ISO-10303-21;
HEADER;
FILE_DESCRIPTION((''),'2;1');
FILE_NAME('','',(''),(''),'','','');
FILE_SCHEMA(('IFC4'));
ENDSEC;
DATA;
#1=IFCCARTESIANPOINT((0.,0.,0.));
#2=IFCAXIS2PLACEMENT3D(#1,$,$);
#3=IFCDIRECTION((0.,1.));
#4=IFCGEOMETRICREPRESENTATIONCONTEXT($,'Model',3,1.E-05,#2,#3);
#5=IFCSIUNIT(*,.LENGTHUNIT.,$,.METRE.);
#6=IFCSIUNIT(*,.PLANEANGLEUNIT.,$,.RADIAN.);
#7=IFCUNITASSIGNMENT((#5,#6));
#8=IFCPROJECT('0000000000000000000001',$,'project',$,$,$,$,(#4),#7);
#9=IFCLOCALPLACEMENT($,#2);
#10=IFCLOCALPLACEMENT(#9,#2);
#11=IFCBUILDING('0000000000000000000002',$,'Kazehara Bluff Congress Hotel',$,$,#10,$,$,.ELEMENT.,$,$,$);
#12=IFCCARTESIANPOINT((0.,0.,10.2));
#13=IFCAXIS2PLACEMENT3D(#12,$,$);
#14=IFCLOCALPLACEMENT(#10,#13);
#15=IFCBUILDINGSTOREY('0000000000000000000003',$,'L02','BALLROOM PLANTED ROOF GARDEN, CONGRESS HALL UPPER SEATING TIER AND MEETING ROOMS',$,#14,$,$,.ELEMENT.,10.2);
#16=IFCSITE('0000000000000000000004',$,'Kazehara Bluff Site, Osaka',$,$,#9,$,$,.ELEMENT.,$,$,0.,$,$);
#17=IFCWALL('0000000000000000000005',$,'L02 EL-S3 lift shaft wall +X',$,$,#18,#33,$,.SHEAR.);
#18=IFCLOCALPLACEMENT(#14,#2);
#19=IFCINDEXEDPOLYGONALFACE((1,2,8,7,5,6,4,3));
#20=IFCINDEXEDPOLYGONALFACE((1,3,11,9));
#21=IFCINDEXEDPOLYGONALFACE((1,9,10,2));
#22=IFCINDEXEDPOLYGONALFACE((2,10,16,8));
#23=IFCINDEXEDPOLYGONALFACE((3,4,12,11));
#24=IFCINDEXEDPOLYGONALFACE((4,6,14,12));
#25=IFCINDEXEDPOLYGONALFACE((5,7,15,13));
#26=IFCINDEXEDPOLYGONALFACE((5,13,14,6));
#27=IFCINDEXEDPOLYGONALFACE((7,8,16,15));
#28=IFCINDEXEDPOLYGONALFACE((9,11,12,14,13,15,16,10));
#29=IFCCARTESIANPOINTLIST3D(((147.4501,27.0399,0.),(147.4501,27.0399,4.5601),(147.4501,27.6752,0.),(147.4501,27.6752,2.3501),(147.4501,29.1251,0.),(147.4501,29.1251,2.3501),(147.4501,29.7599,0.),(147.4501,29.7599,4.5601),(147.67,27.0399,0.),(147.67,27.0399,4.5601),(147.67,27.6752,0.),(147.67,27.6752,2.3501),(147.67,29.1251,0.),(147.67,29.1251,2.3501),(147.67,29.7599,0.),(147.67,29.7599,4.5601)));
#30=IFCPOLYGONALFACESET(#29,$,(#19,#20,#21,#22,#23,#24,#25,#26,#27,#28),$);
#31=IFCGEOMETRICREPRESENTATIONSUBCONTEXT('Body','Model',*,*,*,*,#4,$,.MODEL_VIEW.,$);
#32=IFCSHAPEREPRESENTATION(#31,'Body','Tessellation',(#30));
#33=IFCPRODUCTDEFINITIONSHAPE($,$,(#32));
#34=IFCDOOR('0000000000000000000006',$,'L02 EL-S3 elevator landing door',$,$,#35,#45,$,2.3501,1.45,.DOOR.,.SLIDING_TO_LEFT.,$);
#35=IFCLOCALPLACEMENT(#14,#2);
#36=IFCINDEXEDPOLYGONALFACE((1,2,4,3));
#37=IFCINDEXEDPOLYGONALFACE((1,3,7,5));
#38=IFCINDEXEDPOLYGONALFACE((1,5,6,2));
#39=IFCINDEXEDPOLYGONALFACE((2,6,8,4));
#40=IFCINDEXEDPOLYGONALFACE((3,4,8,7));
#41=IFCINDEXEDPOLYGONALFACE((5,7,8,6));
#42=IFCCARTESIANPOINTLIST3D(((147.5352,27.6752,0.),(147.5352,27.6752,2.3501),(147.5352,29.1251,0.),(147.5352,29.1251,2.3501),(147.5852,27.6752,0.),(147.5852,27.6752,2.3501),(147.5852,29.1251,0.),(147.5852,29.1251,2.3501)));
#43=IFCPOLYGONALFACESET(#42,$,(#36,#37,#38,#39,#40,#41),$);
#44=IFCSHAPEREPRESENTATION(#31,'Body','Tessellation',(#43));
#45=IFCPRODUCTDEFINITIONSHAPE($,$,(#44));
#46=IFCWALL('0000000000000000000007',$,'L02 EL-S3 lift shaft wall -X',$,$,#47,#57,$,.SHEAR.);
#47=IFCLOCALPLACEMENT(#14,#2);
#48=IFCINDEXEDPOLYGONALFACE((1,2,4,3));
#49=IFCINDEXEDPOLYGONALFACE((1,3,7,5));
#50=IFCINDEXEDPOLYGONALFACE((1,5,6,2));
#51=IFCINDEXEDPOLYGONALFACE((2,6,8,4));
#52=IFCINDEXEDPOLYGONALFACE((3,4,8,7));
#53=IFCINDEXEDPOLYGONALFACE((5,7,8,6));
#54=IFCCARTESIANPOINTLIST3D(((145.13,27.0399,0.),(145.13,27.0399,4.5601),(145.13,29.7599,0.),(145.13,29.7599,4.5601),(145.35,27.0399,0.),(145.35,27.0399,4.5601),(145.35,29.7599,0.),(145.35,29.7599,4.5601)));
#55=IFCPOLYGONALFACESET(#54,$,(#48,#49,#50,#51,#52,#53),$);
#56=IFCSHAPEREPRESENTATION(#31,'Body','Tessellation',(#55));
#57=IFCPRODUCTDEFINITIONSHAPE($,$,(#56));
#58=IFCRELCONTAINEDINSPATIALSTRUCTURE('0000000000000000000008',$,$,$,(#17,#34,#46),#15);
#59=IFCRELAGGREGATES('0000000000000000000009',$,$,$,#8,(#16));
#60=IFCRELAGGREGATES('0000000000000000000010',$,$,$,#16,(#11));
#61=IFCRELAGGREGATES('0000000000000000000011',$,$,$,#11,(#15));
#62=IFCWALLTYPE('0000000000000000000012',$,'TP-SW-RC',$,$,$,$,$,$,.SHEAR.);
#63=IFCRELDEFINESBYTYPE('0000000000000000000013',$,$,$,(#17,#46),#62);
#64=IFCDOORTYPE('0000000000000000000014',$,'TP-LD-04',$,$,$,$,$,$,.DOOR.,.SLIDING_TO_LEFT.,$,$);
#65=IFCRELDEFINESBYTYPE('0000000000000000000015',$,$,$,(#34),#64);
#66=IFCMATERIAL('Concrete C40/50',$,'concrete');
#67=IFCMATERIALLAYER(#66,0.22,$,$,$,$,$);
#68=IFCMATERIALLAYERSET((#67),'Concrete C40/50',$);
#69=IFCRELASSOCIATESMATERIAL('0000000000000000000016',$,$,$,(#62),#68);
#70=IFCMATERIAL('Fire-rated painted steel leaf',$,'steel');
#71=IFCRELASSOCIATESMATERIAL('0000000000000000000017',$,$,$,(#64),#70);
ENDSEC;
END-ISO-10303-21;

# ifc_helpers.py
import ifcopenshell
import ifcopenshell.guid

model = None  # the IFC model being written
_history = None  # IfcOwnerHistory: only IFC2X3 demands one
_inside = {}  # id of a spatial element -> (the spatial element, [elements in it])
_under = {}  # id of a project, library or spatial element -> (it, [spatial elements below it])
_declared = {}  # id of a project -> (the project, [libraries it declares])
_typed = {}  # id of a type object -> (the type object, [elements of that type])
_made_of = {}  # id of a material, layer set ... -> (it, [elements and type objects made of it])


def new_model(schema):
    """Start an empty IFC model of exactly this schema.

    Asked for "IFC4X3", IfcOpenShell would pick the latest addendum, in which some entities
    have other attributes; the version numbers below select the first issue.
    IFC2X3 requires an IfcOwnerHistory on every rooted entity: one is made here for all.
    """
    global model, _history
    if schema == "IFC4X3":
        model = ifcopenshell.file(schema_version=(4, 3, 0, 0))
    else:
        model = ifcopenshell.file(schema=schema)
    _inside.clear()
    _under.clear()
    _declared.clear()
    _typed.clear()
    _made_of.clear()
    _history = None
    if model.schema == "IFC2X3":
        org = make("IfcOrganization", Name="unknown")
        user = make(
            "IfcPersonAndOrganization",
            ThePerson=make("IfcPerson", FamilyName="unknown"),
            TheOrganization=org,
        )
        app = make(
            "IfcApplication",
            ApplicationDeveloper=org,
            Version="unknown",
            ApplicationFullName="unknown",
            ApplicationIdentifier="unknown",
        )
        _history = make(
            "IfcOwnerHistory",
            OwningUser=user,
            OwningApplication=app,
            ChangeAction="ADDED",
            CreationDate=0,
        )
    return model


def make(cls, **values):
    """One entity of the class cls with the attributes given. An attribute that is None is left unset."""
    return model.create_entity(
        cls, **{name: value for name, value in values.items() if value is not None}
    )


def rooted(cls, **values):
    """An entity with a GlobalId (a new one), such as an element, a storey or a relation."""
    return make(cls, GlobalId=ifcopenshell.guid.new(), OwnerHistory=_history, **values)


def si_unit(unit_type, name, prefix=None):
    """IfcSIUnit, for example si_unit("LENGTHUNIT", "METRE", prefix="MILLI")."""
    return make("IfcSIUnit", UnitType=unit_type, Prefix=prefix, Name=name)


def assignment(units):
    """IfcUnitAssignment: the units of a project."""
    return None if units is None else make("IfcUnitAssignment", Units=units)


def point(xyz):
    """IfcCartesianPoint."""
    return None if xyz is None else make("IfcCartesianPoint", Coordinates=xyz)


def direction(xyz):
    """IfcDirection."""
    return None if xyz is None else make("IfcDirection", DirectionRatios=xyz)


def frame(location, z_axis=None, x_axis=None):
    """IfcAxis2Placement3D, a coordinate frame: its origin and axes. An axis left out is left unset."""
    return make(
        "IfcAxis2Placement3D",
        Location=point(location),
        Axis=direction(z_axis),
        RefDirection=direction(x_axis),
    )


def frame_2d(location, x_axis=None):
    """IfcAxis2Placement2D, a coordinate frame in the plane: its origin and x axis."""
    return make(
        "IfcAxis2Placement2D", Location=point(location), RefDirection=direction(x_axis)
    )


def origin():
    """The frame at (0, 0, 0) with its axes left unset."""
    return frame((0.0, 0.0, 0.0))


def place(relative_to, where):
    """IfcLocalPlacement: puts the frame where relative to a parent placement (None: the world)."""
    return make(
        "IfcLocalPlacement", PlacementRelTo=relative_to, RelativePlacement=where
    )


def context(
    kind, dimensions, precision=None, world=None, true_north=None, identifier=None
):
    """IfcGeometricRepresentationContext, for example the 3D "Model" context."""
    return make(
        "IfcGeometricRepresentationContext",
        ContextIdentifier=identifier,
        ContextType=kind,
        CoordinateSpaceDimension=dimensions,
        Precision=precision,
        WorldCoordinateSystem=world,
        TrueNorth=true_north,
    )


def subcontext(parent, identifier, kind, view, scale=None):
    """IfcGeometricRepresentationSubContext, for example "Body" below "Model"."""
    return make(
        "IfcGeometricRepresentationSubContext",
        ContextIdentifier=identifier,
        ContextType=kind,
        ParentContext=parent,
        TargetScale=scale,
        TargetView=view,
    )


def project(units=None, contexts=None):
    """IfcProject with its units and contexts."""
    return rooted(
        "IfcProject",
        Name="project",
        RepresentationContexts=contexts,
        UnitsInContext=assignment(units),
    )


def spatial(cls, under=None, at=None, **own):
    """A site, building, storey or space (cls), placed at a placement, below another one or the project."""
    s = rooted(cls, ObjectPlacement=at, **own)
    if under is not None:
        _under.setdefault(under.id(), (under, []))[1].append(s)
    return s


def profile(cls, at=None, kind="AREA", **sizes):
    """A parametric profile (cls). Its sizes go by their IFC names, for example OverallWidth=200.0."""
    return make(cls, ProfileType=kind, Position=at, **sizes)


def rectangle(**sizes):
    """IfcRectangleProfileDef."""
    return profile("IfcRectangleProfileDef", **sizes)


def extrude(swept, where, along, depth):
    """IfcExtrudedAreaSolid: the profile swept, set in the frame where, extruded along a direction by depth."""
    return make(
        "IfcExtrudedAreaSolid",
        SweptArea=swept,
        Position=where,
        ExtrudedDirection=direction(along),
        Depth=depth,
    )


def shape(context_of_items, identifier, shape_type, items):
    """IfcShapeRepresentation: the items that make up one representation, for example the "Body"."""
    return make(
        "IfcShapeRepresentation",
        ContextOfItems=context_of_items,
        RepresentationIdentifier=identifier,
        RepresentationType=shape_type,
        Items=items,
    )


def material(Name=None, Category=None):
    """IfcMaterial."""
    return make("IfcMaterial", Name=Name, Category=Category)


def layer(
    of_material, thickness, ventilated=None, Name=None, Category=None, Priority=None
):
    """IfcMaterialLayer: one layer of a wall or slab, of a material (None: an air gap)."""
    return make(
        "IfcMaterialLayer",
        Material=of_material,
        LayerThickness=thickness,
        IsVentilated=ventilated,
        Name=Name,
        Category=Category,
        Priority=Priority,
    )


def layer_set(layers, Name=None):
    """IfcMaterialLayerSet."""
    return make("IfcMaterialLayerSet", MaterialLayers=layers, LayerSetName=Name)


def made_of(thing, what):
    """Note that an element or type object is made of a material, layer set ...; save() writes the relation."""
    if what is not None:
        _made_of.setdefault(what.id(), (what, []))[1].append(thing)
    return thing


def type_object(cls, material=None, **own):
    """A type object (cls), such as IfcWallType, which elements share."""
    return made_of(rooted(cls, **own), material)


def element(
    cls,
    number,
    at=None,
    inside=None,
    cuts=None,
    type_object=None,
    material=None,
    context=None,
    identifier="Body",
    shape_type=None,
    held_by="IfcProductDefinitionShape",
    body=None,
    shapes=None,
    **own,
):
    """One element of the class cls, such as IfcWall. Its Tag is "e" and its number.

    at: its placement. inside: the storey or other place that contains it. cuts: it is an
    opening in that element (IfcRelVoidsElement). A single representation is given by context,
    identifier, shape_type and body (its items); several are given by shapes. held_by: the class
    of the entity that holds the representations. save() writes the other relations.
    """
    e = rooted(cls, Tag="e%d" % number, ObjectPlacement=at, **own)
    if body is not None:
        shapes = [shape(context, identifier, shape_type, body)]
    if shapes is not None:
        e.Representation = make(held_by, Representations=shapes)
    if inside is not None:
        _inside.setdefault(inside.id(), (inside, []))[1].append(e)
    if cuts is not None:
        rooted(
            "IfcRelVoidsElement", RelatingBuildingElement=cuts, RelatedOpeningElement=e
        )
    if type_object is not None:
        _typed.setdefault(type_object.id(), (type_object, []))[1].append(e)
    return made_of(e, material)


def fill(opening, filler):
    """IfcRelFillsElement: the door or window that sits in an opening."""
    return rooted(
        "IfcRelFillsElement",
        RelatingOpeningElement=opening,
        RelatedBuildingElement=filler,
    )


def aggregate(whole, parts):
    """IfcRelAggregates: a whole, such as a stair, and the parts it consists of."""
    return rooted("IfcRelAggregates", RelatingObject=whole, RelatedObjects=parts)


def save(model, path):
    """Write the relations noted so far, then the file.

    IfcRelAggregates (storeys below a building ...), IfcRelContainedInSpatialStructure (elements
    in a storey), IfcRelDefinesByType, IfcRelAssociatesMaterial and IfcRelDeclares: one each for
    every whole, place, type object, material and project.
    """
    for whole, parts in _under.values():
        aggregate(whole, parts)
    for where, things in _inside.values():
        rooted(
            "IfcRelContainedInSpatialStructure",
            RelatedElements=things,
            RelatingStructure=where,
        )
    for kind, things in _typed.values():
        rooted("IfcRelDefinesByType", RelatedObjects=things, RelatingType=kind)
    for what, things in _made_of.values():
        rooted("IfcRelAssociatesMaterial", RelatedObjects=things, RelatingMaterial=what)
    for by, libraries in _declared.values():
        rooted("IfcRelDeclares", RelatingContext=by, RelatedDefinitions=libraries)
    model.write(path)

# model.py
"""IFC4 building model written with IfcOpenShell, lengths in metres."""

from ifc_helpers import new_model, si_unit, direction, frame, frame_2d, origin, place, context, subcontext, project, spatial, rectangle, extrude, material, layer, layer_set, type_object, element, fill, save


model = new_model("IFC4")

# Units and contexts
model_context = context("Model", 3, precision=1e-05, world=origin(), true_north=direction((0.0, 1.0)))
body_context = subcontext(model_context, "Body", "Model", "MODEL_VIEW")
ifc_project = project(units=[si_unit("LENGTHUNIT", "METRE"), si_unit("PLANEANGLEUNIT", "RADIAN")], contexts=[model_context])

# Site, building, storey
site_placement = place(None, origin())
site = spatial("IfcSite", under=ifc_project, at=site_placement, Name="Kazehara Bluff Site, Osaka", CompositionType="ELEMENT", RefElevation=0.0)
building_placement = place(site_placement, origin())
building = spatial("IfcBuilding", under=site, at=building_placement, Name="Kazehara Bluff Congress Hotel", CompositionType="ELEMENT")
storey_placement = place(building_placement, frame((0.0, 0.0, 10.2)))
storey = spatial("IfcBuildingStorey", under=building, at=storey_placement, Name="L02", Description="BALLROOM PLANTED ROOF GARDEN, CONGRESS HALL UPPER SEATING TIER AND MEETING ROOMS", CompositionType="ELEMENT", Elevation=10.2)

# Shared definitions
ifc_material_1 = material(Name="Concrete C40/50", Category="concrete")
ifc_layer_1 = layer(ifc_material_1, 0.22)
ifc_layer_set_1 = layer_set([ifc_layer_1], Name="Concrete C40/50")
wall_type_1 = type_object("IfcWallType", Name="TP-SW-RC", PredefinedType="SHEAR", material=ifc_layer_set_1)

# Wall, opening, door
wall_1_placement = place(storey_placement, frame((147.5601, 27.04, 0.0), z_axis=(0.0, 0.0, 1.0), x_axis=(0.0, 1.0, 0.0)))
wall_1 = element("IfcWall", 1, at=wall_1_placement, inside=storey, type_object=wall_type_1, Name="L02 EL-S3 lift shaft wall +X", PredefinedType="SHEAR", context=body_context, shape_type="SweptSolid", body=[
    extrude(rectangle(XDim=2.72, YDim=0.22, at=frame_2d((1.3599, 0.0))), origin(), (0.0, 0.0, 1.0), 4.5601),
])
opening_1_placement = place(wall_1_placement, frame((0.635, 0.0, 0.0)))
opening_1 = element("IfcOpeningElement", 2, at=opening_1_placement, cuts=wall_1, PredefinedType="OPENING", context=body_context, shape_type="SweptSolid", body=[
    extrude(rectangle(XDim=1.45, YDim=2.3501, at=frame_2d((0.7251, 1.175))), frame((0.0, 0.1199, 0.0), z_axis=(0.0, -1.0, 0.0), x_axis=(1.0, 0.0, 0.0)), (0.0, 0.0, 1.0), 0.24),
])
ifc_material_2 = material(Name="Fire-rated painted steel leaf", Category="steel")
door_type_1 = type_object("IfcDoorType", Name="TP-LD-04", OperationType="SLIDING_TO_LEFT", PredefinedType="DOOR", material=ifc_material_2)
door_1_placement = place(opening_1_placement, origin())
door_1 = element("IfcDoor", 3, at=door_1_placement, inside=storey, type_object=door_type_1, Name="L02 EL-S3 elevator landing door", OperationType="SLIDING_TO_LEFT", OverallHeight=2.3501, OverallWidth=1.45, PredefinedType="DOOR", context=body_context, shape_type="SweptSolid", body=[
    extrude(rectangle(XDim=1.45, YDim=2.3501, at=frame_2d((0.7251, 1.175))), frame((0.0, 0.0249, 0.0), z_axis=(0.0, -1.0, 0.0), x_axis=(1.0, 0.0, 0.0)), (0.0, 0.0, 1.0), 0.05),
])
fill(opening_1, door_1)

# Wall
wall_2_placement = place(storey_placement, frame((145.24, 27.04, 0.0), z_axis=(0.0, 0.0, 1.0), x_axis=(0.0, 1.0, 0.0)))
element("IfcWall", 4, at=wall_2_placement, inside=storey, type_object=wall_type_1, Name="L02 EL-S3 lift shaft wall -X", PredefinedType="SHEAR", context=body_context, shape_type="SweptSolid", body=[
    extrude(rectangle(XDim=2.72, YDim=0.22, at=frame_2d((1.3599, 0.0))), origin(), (0.0, 0.0, 1.0), 4.5601),
])

save(model, "model.ifc")
